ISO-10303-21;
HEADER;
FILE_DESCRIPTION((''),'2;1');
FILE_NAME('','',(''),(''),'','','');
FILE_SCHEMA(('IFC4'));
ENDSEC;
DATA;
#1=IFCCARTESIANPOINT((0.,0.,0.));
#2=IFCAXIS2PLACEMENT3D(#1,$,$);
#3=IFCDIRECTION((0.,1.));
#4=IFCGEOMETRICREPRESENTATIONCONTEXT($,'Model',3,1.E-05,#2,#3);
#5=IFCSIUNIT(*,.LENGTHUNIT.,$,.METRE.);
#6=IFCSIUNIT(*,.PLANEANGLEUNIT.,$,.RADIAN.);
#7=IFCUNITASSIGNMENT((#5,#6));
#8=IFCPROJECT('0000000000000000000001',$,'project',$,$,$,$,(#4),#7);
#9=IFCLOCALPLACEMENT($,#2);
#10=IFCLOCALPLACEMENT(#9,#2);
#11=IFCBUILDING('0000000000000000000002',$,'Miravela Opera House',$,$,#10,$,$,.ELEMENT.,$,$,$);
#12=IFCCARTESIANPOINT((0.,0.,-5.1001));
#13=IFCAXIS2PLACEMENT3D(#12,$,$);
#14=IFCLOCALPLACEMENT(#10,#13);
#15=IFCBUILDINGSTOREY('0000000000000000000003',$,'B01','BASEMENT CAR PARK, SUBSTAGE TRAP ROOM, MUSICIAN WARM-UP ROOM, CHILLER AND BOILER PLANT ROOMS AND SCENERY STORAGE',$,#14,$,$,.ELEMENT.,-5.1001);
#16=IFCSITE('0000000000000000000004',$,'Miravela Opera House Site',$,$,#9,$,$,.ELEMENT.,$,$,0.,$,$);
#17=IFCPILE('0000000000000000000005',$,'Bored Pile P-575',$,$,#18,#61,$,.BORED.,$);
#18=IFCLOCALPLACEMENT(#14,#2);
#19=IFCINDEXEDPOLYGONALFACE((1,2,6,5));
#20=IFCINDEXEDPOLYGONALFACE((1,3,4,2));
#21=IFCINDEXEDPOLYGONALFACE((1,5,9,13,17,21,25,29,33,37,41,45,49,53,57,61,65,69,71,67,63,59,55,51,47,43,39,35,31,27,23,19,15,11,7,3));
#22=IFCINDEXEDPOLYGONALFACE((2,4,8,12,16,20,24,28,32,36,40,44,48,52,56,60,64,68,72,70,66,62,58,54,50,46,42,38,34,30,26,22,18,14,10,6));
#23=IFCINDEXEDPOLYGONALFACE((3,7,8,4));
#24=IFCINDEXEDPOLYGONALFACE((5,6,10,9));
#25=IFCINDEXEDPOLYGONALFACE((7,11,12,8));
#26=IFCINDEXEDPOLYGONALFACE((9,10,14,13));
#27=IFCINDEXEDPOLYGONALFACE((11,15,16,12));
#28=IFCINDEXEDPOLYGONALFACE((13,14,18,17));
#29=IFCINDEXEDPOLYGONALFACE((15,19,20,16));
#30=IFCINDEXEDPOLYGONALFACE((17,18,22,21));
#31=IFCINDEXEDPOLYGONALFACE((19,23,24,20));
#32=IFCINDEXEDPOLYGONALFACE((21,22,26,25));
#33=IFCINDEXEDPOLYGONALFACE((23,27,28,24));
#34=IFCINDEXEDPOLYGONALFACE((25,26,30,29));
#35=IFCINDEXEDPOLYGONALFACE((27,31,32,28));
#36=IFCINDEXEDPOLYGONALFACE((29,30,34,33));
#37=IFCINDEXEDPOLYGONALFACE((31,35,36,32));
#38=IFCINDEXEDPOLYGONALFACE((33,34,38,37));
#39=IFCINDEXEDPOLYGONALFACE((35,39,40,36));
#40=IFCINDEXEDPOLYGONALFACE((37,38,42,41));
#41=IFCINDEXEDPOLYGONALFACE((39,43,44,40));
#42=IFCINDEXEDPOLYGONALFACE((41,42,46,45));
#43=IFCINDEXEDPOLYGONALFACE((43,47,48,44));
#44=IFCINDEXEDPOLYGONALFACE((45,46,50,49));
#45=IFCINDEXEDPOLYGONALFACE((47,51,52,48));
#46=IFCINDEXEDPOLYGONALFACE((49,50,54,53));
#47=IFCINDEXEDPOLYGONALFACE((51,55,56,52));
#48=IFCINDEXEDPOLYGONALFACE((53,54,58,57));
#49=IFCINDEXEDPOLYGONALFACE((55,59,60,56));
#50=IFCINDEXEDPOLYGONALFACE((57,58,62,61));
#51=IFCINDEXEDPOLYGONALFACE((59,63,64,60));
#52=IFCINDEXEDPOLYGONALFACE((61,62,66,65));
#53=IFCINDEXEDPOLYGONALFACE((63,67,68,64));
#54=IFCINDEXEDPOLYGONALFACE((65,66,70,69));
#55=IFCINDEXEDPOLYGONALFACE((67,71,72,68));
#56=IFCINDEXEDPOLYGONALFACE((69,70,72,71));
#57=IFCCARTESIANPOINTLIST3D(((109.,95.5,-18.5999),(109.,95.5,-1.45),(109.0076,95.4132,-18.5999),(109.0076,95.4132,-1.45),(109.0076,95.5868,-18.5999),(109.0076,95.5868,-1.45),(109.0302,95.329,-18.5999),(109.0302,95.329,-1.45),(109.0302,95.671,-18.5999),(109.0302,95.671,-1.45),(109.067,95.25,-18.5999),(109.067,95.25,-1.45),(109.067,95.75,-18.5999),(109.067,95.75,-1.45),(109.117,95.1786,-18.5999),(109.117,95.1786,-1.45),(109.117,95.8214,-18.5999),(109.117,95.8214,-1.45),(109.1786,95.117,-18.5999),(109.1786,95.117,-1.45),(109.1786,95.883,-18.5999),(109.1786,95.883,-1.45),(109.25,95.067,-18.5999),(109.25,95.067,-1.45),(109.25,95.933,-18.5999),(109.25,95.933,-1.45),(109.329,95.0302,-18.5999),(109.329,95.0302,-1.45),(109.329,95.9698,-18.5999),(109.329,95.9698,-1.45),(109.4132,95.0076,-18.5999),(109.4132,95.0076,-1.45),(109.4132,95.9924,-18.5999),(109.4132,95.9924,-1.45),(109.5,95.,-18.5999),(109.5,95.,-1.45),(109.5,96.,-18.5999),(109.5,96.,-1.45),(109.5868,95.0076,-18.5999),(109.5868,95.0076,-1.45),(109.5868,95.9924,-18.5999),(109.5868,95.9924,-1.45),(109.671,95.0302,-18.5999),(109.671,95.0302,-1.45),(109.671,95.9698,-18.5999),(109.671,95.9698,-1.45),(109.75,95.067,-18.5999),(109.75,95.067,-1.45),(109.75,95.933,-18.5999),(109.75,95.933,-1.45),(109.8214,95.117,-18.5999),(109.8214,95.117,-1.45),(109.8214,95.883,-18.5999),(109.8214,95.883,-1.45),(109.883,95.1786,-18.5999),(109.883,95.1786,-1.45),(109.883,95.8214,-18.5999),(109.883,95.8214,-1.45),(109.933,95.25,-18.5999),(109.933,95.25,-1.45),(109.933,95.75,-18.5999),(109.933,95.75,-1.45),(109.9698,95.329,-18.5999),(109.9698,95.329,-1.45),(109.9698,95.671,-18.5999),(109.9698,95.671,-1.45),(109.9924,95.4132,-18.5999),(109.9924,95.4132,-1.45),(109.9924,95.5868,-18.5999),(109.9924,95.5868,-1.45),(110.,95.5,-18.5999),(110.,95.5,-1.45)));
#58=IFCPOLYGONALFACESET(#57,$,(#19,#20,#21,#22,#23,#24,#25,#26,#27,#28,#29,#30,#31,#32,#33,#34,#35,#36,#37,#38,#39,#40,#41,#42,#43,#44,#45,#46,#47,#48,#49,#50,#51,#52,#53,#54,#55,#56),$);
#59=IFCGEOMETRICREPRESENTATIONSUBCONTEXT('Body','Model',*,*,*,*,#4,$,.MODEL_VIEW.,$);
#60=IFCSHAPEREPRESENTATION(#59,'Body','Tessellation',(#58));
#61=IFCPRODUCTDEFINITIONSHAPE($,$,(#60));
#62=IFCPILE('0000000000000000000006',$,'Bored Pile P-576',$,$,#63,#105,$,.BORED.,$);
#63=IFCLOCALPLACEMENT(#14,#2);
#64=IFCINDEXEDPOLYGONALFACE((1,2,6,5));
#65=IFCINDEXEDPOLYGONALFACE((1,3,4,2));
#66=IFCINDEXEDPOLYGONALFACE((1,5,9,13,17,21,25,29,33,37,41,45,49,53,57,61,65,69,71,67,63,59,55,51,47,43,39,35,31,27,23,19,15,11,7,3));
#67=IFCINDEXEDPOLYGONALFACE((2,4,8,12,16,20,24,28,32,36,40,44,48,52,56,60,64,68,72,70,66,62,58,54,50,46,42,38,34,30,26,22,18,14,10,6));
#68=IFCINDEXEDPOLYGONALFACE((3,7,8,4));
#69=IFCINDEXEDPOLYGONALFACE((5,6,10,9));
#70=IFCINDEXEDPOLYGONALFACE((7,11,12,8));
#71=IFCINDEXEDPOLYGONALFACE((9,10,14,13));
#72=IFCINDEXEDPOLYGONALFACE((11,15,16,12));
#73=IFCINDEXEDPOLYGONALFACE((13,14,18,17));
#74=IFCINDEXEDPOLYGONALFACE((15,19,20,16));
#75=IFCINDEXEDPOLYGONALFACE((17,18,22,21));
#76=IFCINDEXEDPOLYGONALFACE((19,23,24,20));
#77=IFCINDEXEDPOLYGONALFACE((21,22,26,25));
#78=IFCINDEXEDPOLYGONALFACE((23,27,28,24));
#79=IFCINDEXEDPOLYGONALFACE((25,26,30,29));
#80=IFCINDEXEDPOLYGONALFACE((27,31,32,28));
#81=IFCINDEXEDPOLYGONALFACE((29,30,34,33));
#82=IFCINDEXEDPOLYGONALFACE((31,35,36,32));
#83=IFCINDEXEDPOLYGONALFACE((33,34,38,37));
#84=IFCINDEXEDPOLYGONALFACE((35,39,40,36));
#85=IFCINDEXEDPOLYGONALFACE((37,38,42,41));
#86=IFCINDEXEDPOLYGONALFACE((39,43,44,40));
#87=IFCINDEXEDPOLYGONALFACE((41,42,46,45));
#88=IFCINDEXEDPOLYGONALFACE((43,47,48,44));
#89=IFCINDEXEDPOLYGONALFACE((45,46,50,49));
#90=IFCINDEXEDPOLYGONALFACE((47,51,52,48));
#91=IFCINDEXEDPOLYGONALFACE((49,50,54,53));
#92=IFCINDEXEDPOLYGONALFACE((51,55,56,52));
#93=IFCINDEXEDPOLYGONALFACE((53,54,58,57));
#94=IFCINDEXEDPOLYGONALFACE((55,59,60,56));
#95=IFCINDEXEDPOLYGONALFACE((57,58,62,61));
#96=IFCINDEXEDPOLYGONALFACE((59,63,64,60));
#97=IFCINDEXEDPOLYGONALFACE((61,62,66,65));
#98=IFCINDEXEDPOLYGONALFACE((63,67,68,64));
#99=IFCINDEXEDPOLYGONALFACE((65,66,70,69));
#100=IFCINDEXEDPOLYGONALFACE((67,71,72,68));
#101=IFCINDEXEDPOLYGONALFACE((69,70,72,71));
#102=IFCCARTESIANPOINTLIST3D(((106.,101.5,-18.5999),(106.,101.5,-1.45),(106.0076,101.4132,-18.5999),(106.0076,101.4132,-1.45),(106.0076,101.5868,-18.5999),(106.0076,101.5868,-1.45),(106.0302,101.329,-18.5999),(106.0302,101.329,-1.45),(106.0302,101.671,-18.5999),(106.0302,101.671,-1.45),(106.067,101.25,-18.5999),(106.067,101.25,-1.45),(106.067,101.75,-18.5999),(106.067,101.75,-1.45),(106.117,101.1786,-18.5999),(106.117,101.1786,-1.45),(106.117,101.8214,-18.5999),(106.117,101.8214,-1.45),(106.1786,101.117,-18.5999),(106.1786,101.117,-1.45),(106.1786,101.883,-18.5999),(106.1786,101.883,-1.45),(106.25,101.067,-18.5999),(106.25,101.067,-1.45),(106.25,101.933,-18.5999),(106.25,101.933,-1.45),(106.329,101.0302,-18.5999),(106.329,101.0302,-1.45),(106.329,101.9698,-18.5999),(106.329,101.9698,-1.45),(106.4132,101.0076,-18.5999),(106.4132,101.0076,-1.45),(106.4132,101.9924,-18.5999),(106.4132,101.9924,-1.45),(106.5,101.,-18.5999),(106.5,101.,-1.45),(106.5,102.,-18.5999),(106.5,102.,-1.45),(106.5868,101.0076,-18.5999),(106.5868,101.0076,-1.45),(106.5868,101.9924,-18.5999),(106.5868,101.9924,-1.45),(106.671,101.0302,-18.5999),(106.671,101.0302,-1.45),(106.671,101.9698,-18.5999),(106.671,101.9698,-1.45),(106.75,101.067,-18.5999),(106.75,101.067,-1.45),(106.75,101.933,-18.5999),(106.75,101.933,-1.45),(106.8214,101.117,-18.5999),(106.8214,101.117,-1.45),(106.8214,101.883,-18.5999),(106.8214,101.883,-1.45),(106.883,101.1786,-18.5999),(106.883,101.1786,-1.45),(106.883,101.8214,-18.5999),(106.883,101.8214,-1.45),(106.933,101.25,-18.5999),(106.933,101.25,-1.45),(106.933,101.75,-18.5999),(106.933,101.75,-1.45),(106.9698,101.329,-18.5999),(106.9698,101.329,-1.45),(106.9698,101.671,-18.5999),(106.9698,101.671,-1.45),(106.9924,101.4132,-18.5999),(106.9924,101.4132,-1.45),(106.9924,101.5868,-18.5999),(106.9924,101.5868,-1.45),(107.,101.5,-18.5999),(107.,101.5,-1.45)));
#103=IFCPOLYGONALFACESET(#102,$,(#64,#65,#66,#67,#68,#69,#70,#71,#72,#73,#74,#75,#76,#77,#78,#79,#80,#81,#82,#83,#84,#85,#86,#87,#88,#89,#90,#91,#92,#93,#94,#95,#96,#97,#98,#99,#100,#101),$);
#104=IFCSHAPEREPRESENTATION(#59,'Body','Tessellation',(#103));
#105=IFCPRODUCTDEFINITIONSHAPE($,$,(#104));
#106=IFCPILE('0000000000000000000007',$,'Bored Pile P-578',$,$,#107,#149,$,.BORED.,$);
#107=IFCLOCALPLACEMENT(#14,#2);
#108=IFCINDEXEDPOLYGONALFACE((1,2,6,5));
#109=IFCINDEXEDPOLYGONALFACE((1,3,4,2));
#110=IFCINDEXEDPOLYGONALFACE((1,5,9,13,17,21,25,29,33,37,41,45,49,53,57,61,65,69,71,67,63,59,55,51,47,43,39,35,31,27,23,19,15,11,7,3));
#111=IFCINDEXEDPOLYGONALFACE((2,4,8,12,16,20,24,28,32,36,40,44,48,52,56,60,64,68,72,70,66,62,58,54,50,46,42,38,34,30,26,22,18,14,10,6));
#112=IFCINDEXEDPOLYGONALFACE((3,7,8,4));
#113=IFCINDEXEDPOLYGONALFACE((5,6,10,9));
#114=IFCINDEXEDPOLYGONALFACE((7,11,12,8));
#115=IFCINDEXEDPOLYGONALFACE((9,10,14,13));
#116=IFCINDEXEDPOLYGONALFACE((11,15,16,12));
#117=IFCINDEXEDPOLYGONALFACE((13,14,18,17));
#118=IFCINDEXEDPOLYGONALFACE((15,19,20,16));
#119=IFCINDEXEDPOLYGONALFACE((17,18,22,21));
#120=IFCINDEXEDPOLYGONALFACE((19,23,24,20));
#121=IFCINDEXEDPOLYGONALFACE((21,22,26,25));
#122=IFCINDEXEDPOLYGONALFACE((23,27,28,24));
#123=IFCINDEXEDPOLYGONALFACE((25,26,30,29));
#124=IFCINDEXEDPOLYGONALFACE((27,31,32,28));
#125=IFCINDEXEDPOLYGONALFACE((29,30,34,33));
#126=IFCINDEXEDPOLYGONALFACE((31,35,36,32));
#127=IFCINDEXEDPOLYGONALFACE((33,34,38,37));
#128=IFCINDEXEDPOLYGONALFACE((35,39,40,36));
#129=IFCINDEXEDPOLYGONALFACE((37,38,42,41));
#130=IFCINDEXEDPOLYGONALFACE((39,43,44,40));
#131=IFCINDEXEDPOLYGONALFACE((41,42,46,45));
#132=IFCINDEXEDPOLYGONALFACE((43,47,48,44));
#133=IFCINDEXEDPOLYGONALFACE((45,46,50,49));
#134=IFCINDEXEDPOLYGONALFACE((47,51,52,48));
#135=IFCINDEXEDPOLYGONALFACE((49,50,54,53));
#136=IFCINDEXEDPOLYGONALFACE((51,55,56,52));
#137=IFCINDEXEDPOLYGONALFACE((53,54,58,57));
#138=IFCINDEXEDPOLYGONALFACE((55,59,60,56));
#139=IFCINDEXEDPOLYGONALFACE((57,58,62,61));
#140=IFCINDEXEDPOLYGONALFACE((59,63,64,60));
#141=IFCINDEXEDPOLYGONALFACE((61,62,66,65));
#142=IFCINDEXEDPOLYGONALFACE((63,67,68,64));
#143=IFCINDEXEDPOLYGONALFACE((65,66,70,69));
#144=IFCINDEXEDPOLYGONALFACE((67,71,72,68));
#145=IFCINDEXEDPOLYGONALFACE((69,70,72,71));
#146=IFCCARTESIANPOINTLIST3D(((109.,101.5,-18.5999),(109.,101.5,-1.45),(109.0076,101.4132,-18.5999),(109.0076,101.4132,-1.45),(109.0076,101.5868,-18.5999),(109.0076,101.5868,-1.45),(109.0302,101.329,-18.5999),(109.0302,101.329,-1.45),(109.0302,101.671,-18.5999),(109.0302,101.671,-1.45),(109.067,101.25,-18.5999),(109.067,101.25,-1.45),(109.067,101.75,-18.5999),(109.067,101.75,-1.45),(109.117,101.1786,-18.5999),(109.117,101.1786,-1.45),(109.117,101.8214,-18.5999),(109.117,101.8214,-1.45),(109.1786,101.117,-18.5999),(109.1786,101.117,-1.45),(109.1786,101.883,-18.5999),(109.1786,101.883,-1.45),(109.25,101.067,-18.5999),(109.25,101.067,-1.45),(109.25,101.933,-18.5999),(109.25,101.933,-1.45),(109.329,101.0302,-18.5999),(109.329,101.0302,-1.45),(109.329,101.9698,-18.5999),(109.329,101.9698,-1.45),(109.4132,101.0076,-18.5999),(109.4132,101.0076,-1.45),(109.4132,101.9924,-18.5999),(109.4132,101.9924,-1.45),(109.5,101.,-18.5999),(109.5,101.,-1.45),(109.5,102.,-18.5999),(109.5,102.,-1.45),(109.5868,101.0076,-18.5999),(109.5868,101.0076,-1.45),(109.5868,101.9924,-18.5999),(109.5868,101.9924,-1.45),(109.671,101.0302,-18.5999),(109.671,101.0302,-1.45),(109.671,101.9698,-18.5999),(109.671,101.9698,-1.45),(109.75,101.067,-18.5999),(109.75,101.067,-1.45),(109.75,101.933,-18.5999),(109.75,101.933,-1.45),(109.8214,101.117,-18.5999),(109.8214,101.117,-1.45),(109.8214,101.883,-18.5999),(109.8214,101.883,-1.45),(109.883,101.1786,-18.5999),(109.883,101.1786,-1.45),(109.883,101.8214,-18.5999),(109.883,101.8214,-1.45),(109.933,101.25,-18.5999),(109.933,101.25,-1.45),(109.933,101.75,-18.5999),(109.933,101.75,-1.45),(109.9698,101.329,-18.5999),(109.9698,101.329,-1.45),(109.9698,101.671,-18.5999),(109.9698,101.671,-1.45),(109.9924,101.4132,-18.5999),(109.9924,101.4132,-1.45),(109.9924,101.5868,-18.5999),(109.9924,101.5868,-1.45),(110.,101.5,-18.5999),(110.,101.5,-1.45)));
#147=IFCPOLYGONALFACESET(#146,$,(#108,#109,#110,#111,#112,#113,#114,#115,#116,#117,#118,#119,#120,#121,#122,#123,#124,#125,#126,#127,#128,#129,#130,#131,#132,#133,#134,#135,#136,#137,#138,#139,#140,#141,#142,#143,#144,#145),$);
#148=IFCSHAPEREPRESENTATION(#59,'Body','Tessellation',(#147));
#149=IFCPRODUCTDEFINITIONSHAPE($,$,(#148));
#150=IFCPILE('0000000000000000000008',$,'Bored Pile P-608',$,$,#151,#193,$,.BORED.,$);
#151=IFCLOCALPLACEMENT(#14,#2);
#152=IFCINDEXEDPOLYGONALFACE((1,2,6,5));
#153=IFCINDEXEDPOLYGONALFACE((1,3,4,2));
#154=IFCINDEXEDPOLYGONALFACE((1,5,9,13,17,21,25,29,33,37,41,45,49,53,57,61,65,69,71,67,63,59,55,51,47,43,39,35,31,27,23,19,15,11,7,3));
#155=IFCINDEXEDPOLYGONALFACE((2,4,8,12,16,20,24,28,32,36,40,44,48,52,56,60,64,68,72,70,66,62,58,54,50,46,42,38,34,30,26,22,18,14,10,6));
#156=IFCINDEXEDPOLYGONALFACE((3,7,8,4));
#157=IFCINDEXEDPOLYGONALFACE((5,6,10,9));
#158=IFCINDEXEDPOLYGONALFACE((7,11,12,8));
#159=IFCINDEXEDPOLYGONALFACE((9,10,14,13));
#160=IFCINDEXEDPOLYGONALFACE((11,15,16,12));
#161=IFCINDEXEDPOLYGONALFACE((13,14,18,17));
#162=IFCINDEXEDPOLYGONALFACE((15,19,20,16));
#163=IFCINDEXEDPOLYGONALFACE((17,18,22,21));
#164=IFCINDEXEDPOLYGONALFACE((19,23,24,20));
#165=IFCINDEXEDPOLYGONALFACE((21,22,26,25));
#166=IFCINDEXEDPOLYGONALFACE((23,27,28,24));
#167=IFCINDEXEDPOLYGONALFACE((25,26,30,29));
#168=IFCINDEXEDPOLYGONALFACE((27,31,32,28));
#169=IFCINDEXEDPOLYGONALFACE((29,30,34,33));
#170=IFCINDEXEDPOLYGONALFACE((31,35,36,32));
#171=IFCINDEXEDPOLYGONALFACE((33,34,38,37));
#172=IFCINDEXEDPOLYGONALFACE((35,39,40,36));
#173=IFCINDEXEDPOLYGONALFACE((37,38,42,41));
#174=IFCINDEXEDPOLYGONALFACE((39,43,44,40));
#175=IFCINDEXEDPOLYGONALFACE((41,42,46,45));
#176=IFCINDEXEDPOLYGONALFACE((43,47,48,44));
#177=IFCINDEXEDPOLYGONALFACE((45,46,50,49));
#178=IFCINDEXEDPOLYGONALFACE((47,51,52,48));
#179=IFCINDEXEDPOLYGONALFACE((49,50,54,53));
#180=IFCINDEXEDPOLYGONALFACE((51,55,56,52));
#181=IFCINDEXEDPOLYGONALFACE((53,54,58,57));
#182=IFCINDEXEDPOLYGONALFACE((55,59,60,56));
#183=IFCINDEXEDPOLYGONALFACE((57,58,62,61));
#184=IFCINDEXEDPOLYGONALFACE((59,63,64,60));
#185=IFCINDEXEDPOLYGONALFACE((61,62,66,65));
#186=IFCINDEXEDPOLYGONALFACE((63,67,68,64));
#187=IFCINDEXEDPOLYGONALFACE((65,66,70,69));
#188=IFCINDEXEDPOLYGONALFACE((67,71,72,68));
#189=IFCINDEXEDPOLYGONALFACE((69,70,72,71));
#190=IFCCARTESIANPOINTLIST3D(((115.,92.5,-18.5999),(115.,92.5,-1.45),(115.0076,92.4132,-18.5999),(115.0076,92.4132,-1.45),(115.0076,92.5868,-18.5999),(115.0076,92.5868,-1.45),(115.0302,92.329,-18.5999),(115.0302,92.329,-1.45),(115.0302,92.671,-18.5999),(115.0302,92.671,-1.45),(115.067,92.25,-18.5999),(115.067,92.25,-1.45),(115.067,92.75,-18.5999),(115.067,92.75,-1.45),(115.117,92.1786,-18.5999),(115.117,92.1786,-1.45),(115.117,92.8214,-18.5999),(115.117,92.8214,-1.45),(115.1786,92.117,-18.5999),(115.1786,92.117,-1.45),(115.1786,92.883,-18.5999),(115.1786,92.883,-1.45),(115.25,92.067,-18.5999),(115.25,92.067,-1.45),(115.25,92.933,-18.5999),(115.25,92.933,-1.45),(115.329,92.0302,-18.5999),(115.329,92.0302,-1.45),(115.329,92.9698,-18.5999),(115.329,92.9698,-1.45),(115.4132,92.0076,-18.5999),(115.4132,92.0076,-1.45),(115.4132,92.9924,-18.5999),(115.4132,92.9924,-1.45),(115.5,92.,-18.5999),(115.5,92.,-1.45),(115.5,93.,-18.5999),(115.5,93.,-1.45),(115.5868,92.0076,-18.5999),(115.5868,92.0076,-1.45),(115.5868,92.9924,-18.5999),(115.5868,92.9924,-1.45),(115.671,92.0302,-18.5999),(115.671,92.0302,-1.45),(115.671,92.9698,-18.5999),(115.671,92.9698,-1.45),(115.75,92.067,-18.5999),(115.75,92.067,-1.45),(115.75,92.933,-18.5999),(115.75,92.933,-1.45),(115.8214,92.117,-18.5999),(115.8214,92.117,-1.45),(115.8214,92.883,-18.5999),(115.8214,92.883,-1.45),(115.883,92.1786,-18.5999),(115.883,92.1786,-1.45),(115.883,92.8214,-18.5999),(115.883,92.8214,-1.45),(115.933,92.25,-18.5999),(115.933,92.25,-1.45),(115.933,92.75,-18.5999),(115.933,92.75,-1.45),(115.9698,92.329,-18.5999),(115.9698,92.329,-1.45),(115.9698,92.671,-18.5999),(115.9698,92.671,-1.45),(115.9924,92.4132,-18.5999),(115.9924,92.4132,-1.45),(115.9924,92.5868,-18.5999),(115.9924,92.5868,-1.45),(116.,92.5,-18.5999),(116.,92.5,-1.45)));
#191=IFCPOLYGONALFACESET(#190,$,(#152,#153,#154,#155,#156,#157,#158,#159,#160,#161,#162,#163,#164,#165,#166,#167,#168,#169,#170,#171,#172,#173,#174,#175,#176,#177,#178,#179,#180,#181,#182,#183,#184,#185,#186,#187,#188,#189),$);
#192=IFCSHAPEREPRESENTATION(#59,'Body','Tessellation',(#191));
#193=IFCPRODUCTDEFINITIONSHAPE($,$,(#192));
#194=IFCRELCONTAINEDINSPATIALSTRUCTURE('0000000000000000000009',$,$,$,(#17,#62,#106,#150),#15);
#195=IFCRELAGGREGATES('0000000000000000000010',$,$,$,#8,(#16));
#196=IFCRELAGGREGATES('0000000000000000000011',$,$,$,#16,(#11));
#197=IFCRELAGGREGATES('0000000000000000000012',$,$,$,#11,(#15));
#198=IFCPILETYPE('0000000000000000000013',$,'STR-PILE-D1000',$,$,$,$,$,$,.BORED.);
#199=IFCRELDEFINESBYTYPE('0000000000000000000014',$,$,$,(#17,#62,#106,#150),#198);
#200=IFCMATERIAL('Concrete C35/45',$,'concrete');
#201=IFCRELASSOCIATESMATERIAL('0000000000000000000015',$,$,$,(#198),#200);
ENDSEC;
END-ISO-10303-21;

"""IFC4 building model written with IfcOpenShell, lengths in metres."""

from ifc_helpers import new_model, si_unit, direction, frame, origin, origin_2d, place, context, subcontext, project, spatial, circle, extrude, material, material_profile, profile_set, type_object, element, save


model = new_model("IFC4")

# Units and contexts
model_context = context("Model", 3, precision=1e-05, world=origin(), true_north=direction((0.0, 1.0)))
body_context = subcontext(model_context, "Body", "Model", "MODEL_VIEW")
ifc_project = project(units=[si_unit("LENGTHUNIT", "METRE"), si_unit("PLANEANGLEUNIT", "RADIAN")], contexts=[model_context])

# Site, building, storey
site_placement = place(None, origin())
site = spatial("IfcSite", under=ifc_project, at=site_placement, Name="Miravela Opera House Site", CompositionType="ELEMENT", RefElevation=0.0)
building_placement = place(site_placement, origin())
building = spatial("IfcBuilding", under=site, at=building_placement, Name="Miravela Opera House", CompositionType="ELEMENT")
storey_placement = place(building_placement, frame((0.0, 0.0, -5.1001)))
storey = spatial("IfcBuildingStorey", under=building, at=storey_placement, Name="B01", Description="BASEMENT CAR PARK, SUBSTAGE TRAP ROOM, MUSICIAN WARM-UP ROOM, CHILLER AND BOILER PLANT ROOMS AND SCENERY STORAGE", CompositionType="ELEMENT", Elevation=-5.1001)

# Shared definitions
ifc_material_1 = material(Name="Concrete C35/45", Category="concrete")

# Piles
ifc_material_profile_1 = material_profile(ifc_material_1, circle(Radius=0.5, at=origin_2d()), Name="PILE-D1000")
ifc_profile_set_1 = profile_set([ifc_material_profile_1])
pile_type_1 = type_object("IfcPileType", Name="STR-PILE-D1000", PredefinedType="BORED", material=ifc_profile_set_1)
for number, where, z_axis, x_axis, name in (
    (1, (109.5, 95.5, -1.45), (0.0, 0.0, -1.0), (1.0, 0.0, 0.0), "Bored Pile P-575"),
    (2, (106.5, 101.5, -1.45), (0.0, 0.0, -1.0), (1.0, 0.0, 0.0), "Bored Pile P-576"),
    (3, (109.5, 101.5, -1.45), (0.0, 0.0, -1.0), (1.0, 0.0, 0.0), "Bored Pile P-578"),
    (4, (115.5, 92.5, -1.45), (0.0, 0.0, -1.0), (1.0, 0.0, 0.0), "Bored Pile P-608"),
):
    element("IfcPile", number, at=place(storey_placement, frame(where, z_axis=z_axis, x_axis=x_axis)), inside=storey, type_object=pile_type_1, Name=name, PredefinedType="BORED", context=body_context, shape_type="SweptSolid", body=[
        extrude(circle(Radius=0.5, at=origin_2d()), origin(), (0.0, 0.0, 1.0), 17.1499),
    ])

save(model, "model.ifc")
